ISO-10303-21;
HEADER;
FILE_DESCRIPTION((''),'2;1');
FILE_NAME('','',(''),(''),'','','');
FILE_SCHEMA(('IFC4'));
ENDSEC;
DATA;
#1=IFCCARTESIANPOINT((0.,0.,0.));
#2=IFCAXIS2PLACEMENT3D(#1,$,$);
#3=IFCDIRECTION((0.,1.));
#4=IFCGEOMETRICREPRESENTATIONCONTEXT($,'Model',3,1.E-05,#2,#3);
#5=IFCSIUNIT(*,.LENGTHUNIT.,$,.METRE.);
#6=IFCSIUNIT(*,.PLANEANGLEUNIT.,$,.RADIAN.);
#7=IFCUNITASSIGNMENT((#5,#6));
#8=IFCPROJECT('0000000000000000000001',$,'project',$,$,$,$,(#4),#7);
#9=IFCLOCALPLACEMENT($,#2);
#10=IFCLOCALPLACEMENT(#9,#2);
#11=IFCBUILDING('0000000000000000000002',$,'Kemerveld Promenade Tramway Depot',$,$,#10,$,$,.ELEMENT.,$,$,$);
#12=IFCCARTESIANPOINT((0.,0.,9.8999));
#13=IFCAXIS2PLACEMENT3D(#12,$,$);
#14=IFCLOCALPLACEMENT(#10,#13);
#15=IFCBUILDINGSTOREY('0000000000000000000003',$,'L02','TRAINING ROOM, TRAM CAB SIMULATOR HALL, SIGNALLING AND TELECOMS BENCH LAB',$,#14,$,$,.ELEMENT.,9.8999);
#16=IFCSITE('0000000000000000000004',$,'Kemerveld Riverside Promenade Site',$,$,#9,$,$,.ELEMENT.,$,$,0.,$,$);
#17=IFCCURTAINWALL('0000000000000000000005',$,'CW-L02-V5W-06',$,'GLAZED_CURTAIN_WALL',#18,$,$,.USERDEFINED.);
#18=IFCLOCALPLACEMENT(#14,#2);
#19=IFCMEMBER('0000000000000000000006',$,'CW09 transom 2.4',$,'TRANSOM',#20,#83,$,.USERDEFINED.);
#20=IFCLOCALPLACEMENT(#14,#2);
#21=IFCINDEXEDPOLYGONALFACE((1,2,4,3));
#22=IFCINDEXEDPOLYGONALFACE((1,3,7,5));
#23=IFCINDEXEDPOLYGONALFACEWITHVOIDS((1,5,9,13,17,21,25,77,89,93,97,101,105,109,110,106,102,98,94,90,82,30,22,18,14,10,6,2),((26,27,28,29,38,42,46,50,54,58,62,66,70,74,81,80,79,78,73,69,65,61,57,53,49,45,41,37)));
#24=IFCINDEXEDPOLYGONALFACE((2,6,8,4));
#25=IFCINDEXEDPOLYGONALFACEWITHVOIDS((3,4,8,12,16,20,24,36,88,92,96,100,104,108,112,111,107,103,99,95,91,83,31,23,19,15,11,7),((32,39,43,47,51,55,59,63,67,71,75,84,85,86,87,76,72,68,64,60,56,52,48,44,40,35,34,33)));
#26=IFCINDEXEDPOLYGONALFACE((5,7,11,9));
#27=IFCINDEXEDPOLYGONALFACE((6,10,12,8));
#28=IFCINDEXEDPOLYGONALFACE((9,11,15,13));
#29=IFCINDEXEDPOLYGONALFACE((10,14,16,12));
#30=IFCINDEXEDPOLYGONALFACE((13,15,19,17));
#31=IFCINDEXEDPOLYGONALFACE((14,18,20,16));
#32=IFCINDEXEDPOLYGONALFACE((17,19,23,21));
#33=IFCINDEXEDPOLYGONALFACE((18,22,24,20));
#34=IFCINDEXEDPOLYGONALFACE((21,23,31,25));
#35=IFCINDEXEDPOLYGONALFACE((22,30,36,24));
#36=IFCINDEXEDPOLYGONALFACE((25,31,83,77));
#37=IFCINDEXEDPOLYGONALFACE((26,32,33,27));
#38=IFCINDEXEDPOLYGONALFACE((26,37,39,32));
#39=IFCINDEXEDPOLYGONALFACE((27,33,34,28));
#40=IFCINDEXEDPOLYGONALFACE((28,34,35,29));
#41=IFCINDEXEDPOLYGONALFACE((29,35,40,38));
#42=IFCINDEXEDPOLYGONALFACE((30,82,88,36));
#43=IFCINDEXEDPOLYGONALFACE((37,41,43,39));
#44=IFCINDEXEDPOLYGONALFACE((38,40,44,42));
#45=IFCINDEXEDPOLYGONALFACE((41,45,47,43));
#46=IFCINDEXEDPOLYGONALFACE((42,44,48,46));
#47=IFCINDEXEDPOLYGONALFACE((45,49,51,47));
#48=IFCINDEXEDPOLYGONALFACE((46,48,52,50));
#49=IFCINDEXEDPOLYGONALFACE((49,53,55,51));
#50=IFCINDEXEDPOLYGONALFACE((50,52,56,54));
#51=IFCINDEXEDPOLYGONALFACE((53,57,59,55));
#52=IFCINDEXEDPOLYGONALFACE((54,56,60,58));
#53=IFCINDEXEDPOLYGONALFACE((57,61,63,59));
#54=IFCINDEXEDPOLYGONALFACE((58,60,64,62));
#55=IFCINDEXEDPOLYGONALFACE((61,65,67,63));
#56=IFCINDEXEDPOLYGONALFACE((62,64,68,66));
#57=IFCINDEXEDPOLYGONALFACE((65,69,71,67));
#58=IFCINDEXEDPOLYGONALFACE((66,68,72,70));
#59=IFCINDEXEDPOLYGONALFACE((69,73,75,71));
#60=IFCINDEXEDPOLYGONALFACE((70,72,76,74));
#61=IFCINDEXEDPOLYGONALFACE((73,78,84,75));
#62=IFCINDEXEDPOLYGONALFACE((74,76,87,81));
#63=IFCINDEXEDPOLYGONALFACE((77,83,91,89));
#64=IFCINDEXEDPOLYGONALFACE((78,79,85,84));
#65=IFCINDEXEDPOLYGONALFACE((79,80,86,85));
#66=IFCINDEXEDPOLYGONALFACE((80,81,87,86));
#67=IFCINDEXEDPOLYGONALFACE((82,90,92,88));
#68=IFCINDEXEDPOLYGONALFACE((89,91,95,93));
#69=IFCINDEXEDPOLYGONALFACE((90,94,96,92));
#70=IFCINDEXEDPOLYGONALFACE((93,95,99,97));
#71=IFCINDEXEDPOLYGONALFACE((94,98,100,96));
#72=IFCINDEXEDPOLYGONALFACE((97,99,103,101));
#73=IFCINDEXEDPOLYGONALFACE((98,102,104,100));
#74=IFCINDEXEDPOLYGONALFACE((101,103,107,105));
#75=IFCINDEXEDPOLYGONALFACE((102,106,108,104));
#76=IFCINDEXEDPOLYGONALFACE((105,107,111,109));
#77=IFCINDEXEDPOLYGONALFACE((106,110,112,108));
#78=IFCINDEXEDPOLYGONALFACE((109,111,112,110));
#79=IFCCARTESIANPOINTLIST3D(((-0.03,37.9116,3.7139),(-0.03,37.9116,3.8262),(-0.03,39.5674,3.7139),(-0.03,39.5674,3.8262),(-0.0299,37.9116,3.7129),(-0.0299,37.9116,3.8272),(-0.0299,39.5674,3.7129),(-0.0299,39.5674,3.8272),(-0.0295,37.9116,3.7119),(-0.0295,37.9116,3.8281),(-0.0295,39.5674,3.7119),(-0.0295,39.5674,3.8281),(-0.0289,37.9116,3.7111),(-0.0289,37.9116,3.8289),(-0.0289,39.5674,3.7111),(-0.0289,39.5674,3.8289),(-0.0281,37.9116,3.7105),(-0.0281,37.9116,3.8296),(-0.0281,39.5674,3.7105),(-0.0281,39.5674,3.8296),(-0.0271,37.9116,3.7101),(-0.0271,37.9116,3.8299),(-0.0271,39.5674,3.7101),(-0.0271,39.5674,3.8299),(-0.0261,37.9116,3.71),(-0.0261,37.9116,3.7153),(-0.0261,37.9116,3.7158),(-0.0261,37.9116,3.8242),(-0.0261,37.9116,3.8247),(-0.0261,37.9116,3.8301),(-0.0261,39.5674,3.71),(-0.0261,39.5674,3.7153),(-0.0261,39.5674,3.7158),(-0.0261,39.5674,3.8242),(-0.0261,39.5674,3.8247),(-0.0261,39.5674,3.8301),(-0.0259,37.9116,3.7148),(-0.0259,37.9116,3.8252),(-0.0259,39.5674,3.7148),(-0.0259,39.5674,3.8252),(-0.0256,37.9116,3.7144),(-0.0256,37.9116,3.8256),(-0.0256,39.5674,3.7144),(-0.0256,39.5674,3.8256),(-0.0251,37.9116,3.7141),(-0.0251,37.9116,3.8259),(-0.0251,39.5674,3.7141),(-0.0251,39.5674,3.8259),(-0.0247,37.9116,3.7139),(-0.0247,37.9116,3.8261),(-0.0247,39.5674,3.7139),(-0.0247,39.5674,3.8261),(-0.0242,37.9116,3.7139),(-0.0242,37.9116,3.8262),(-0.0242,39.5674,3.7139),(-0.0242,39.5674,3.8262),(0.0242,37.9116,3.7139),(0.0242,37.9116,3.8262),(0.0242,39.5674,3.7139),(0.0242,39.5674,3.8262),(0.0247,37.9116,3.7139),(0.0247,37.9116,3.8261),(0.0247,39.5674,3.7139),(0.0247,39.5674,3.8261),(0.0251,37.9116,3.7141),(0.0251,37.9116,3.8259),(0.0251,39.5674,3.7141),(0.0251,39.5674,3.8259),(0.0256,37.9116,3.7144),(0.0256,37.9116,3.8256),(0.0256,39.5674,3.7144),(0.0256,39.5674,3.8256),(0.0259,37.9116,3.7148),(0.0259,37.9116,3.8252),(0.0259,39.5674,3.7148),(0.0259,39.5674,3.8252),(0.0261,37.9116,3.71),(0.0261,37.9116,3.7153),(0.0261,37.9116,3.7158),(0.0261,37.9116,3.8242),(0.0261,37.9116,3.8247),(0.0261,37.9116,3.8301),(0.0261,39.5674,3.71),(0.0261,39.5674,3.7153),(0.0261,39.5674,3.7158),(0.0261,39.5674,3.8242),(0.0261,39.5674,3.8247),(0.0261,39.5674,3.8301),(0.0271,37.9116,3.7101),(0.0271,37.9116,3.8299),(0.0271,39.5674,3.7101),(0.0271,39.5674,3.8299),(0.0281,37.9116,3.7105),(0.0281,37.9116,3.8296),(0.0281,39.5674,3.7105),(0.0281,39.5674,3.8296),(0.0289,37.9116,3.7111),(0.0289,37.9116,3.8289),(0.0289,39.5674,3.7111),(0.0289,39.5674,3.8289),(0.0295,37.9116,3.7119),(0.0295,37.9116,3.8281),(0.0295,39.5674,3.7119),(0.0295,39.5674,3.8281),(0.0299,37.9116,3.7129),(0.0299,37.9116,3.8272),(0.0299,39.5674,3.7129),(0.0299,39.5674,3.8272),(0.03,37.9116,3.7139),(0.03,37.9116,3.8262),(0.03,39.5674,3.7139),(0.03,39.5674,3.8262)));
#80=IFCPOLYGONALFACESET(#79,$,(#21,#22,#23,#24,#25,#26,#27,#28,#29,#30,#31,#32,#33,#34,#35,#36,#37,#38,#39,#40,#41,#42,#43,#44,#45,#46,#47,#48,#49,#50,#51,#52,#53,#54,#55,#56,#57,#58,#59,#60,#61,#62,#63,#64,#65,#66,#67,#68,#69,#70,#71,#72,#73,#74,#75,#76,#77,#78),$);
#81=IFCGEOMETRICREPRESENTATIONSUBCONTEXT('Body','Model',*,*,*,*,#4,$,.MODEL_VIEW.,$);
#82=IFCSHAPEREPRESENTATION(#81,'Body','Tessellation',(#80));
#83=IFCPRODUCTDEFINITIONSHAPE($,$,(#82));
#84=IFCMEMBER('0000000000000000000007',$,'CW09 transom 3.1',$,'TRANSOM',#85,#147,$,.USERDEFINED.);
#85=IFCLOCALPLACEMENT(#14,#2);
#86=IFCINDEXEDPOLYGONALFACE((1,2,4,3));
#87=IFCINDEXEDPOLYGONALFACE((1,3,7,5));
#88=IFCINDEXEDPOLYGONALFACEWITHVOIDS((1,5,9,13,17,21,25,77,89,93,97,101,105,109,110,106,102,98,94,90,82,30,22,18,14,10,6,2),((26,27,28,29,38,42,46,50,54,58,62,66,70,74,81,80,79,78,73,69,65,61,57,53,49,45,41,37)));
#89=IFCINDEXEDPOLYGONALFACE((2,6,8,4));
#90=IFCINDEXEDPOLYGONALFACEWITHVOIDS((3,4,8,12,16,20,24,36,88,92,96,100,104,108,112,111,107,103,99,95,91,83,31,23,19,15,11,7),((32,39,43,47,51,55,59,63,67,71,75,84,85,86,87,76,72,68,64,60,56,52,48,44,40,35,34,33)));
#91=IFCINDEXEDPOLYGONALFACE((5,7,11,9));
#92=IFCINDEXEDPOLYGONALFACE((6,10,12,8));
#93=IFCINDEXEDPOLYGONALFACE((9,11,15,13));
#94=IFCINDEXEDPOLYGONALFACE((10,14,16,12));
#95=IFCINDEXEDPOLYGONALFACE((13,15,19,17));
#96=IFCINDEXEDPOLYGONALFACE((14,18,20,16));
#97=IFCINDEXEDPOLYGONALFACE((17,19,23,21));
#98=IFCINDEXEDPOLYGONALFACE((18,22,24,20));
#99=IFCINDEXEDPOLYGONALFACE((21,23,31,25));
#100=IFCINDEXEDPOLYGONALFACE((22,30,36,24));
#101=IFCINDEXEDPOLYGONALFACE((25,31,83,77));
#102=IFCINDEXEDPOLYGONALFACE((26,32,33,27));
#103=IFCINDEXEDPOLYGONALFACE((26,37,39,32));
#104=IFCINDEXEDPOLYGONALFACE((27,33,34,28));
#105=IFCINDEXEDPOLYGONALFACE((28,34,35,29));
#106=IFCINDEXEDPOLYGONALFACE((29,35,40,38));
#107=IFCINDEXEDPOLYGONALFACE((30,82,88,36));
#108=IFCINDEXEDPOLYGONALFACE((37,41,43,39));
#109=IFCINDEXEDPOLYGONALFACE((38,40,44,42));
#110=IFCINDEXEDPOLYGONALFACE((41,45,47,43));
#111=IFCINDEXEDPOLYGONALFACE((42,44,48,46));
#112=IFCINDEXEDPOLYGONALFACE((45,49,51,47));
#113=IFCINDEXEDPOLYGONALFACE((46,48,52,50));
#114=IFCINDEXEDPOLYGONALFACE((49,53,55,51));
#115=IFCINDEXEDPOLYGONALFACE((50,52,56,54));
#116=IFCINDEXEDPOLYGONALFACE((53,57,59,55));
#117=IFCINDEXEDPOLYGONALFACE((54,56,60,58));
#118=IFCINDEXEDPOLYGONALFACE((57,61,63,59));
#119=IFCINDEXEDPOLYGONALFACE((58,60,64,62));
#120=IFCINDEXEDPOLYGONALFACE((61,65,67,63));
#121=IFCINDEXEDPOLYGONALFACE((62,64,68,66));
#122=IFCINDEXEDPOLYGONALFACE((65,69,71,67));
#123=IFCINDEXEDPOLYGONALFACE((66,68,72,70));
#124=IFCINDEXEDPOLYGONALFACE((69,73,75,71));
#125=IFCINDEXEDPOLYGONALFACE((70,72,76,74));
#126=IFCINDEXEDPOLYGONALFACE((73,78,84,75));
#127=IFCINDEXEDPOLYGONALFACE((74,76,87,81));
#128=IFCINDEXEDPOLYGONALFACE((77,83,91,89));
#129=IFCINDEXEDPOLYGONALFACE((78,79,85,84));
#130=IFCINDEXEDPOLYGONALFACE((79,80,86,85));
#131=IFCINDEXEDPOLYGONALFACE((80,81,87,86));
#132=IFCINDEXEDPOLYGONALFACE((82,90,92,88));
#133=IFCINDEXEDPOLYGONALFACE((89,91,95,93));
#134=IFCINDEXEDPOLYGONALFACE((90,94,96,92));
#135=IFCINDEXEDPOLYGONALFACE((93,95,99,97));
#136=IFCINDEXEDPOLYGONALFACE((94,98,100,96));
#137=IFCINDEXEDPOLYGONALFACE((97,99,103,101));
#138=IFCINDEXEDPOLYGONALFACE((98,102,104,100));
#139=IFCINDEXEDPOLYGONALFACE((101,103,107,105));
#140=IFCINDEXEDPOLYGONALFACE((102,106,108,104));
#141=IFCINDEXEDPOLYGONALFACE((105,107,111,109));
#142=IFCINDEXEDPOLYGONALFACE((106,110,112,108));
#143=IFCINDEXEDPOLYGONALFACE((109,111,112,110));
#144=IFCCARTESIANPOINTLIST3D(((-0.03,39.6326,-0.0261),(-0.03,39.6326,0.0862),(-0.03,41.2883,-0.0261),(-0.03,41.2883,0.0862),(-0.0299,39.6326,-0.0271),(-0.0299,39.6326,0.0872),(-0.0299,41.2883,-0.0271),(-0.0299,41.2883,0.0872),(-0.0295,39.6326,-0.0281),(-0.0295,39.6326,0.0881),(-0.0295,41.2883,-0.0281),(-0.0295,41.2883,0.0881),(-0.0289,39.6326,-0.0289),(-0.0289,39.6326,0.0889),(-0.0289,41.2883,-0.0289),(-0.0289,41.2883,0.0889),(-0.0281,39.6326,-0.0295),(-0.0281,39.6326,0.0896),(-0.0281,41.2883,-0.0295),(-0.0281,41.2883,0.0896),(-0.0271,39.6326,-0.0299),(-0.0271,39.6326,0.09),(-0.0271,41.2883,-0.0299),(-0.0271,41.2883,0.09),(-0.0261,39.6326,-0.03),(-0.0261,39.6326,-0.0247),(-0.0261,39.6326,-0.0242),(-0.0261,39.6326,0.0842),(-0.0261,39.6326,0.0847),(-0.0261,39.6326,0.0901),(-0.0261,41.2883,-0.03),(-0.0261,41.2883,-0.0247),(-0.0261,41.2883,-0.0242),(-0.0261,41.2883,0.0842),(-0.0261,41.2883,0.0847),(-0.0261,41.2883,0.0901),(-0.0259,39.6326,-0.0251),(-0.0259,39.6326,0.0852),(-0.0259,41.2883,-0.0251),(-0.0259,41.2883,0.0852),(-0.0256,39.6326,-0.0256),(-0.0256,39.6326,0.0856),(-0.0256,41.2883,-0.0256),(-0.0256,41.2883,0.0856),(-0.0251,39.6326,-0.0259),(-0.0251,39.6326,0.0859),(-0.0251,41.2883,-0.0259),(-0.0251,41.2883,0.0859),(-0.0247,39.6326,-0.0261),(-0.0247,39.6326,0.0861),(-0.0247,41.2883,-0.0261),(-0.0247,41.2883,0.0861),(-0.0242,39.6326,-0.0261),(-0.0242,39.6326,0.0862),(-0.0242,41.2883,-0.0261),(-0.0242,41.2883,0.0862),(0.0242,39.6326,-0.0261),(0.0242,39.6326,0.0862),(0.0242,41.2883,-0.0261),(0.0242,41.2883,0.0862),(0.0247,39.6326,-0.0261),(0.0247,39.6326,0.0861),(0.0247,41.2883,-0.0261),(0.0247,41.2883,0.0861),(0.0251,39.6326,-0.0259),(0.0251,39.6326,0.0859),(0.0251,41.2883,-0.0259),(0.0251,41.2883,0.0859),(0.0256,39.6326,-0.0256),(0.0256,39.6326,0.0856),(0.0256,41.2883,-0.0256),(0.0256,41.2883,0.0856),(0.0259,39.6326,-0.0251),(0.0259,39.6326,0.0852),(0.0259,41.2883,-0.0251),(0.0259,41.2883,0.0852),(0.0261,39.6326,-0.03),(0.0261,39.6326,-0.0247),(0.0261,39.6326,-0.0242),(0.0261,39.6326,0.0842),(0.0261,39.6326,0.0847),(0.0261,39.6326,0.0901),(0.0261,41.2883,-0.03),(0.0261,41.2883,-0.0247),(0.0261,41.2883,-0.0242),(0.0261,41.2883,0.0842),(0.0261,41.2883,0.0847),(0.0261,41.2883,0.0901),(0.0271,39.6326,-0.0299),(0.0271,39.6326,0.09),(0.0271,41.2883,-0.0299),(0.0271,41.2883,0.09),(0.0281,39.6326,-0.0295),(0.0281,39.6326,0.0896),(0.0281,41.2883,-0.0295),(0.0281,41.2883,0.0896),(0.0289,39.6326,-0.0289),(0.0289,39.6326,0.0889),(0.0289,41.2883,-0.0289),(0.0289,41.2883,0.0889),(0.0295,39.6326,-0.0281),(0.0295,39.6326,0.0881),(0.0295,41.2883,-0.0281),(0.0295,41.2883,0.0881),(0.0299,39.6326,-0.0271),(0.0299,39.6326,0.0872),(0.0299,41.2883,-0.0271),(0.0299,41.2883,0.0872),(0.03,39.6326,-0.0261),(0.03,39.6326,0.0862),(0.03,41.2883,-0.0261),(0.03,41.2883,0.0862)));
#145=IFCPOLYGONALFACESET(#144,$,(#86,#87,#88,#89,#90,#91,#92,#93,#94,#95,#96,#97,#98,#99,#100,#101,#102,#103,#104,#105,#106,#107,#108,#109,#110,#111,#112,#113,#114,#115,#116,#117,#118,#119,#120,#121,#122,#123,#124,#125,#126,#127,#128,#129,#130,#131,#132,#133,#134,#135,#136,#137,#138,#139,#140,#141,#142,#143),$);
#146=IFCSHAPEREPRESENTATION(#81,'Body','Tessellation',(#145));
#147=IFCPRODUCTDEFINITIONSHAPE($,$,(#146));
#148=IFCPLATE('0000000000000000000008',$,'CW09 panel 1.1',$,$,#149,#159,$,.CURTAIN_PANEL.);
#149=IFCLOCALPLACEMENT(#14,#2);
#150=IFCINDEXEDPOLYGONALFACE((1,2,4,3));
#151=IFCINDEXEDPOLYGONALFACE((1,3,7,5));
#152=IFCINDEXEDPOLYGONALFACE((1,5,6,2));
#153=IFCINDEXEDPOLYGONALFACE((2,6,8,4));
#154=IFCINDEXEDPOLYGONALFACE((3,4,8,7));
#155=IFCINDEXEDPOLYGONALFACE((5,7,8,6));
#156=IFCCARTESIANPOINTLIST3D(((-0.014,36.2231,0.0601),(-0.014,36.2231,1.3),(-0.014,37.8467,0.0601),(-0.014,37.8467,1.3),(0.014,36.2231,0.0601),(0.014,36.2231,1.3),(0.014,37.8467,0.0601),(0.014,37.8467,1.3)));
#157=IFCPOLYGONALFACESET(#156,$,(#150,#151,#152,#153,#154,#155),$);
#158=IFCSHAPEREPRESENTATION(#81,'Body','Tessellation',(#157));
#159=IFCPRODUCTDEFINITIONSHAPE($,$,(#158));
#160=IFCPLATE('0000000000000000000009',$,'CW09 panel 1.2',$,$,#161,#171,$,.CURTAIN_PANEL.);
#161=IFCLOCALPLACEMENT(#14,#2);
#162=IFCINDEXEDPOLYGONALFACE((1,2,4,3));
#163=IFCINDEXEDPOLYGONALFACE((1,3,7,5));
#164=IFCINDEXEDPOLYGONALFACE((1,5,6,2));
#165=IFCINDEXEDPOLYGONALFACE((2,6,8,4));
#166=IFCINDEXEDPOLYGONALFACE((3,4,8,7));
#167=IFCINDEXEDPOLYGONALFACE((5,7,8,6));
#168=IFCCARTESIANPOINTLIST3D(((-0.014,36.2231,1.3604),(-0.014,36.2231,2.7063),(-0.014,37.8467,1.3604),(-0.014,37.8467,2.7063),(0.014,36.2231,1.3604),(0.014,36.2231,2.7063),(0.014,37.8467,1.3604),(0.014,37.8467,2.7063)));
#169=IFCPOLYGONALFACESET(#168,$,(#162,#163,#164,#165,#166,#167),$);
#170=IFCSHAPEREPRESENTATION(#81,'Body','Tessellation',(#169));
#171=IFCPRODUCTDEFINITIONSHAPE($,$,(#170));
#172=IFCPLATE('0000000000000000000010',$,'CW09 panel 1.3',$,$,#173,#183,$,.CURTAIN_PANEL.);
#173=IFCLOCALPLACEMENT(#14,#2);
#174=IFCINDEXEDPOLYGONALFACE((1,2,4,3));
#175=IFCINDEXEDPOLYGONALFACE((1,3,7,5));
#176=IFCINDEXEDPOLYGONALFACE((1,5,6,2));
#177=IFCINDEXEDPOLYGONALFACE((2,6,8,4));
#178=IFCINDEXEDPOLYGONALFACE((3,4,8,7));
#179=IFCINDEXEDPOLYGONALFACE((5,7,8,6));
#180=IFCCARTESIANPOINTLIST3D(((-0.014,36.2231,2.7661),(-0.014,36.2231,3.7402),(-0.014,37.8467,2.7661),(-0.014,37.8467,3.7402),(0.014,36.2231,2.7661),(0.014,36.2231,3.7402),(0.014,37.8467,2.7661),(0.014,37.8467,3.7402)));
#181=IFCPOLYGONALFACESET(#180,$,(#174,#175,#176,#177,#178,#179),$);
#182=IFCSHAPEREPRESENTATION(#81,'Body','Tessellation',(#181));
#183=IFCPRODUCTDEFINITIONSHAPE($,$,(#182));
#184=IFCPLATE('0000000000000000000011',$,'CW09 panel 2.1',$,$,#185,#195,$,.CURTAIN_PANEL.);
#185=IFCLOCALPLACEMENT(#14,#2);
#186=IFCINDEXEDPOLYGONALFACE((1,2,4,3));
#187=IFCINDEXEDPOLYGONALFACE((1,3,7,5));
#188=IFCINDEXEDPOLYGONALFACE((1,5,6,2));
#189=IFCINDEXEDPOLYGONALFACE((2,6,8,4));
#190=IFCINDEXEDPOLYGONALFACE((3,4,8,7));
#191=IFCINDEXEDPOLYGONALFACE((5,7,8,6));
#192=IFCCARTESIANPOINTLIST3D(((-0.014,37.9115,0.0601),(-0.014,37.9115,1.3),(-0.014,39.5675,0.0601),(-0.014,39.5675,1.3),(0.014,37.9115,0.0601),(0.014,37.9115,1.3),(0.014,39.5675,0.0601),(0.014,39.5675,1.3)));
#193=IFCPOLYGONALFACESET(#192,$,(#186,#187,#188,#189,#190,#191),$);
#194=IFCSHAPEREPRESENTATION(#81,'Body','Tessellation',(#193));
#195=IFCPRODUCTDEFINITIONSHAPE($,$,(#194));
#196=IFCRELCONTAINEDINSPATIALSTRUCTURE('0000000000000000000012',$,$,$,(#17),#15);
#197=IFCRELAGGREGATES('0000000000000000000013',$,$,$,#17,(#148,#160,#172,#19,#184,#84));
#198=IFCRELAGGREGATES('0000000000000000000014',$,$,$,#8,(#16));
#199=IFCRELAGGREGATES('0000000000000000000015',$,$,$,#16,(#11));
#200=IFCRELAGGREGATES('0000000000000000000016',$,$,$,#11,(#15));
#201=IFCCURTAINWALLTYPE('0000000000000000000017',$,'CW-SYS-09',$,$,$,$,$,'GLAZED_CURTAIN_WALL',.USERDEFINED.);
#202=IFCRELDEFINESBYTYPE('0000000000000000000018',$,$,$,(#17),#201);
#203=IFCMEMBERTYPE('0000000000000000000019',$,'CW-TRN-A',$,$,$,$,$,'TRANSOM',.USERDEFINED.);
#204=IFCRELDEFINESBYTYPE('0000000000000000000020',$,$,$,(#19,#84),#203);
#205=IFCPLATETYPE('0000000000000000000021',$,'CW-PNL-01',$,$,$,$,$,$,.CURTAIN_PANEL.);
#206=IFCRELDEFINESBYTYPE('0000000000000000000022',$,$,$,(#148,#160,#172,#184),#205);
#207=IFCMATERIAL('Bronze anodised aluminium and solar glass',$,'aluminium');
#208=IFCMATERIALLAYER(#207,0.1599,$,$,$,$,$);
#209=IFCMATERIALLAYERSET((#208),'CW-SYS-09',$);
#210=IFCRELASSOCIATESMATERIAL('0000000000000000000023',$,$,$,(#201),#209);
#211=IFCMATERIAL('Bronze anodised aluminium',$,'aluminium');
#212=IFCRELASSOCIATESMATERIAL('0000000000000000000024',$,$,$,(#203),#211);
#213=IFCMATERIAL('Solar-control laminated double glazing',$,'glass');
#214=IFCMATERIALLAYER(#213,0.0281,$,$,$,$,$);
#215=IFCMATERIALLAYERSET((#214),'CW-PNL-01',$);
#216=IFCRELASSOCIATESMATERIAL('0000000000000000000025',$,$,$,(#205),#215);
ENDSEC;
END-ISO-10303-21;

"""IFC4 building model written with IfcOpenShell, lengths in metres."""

from ifc_helpers import new_model, si_unit, direction, frame, origin, origin_2d, place, context, subcontext, project, spatial, rectangle, hollow_rectangle, extrude, material, layer, layer_set, material_profile, profile_set, type_object, element, aggregate, save


model = new_model("IFC4")

# Units and contexts
model_context = context("Model", 3, precision=1e-05, world=origin(), true_north=direction((0.0, 1.0)))
body_context = subcontext(model_context, "Body", "Model", "MODEL_VIEW")
ifc_project = project(units=[si_unit("LENGTHUNIT", "METRE"), si_unit("PLANEANGLEUNIT", "RADIAN")], contexts=[model_context])

# Site, building, storey
site_placement = place(None, origin())
site = spatial("IfcSite", under=ifc_project, at=site_placement, Name="Kemerveld Riverside Promenade Site", CompositionType="ELEMENT", RefElevation=0.0)
building_placement = place(site_placement, origin())
building = spatial("IfcBuilding", under=site, at=building_placement, Name="Kemerveld Promenade Tramway Depot", CompositionType="ELEMENT")
storey_placement = place(building_placement, frame((0.0, 0.0, 9.8999)))
storey = spatial("IfcBuildingStorey", under=building, at=storey_placement, Name="L02", Description="TRAINING ROOM, TRAM CAB SIMULATOR HALL, SIGNALLING AND TELECOMS BENCH LAB", CompositionType="ELEMENT", Elevation=9.8999)

# Curtain wall, members, plates
ifc_material_1 = material(Name="Bronze anodised aluminium and solar glass", Category="aluminium")
ifc_layer_1 = layer(ifc_material_1, 0.1599)
ifc_layer_set_1 = layer_set([ifc_layer_1], Name="CW-SYS-09")
curtain_wall_type = type_object("IfcCurtainWallType", Name="CW-SYS-09", ElementType="GLAZED_CURTAIN_WALL", PredefinedType="USERDEFINED", material=ifc_layer_set_1)
curtain_wall_placement = place(storey_placement, origin())
curtain_wall = element("IfcCurtainWall", 1, at=curtain_wall_placement, inside=storey, type_object=curtain_wall_type, Name="CW-L02-V5W-06", ObjectType="GLAZED_CURTAIN_WALL", PredefinedType="USERDEFINED")
ifc_material_2 = material(Name="Bronze anodised aluminium", Category="aluminium")
ifc_material_profile_1 = material_profile(ifc_material_2, hollow_rectangle(XDim=0.0601, YDim=0.1201, WallThickness=0.0039, InnerFilletRadius=0.002, OuterFilletRadius=0.0039, at=origin_2d()), Name="CW-TRN-120x60")
ifc_profile_set_1 = profile_set([ifc_material_profile_1], Name="Bronze anodised aluminium")
member_type_1 = type_object("IfcMemberType", Name="CW-TRN-A", ElementType="TRANSOM", PredefinedType="USERDEFINED", material=ifc_profile_set_1)
member_1_placement = place(storey_placement, frame((0.0, 37.9116, 3.77), z_axis=(0.0, 1.0, 0.0), x_axis=(-1.0, 0.0, 0.0)))
member_1 = element("IfcMember", 2, at=member_1_placement, type_object=member_type_1, Name="CW09 transom 2.4", ObjectType="TRANSOM", PredefinedType="USERDEFINED", context=body_context, shape_type="SweptSolid", body=[
    extrude(hollow_rectangle(XDim=0.0601, YDim=0.1201, WallThickness=0.0039, InnerFilletRadius=0.002, OuterFilletRadius=0.0039, at=origin_2d()), origin(), (0.0, 0.0, 1.0), 1.6558),
])
member_2_placement = place(storey_placement, frame((0.0, 39.6326, 0.03), z_axis=(0.0, 1.0, 0.0), x_axis=(-1.0, 0.0, 0.0)))
member_2 = element("IfcMember", 3, at=member_2_placement, type_object=member_type_1, Name="CW09 transom 3.1", ObjectType="TRANSOM", PredefinedType="USERDEFINED", context=body_context, shape_type="SweptSolid", body=[
    extrude(hollow_rectangle(XDim=0.0601, YDim=0.1201, WallThickness=0.0039, InnerFilletRadius=0.002, OuterFilletRadius=0.0039, at=origin_2d()), origin(), (0.0, 0.0, 1.0), 1.6558),
])
ifc_material_3 = material(Name="Solar-control laminated double glazing", Category="glass")
ifc_layer_2 = layer(ifc_material_3, 0.0281)
ifc_layer_set_2 = layer_set([ifc_layer_2], Name="CW-PNL-01")
plate_type = type_object("IfcPlateType", Name="CW-PNL-01", PredefinedType="CURTAIN_PANEL", material=ifc_layer_set_2)
plate_1_placement = place(storey_placement, frame((0.0, 37.0349, 0.0601), z_axis=(0.0, 0.0, 1.0), x_axis=(0.0, 1.0, 0.0)))
plate_1 = element("IfcPlate", 4, at=plate_1_placement, type_object=plate_type, Name="CW09 panel 1.1", PredefinedType="CURTAIN_PANEL", context=body_context, shape_type="SweptSolid", body=[
    extrude(rectangle(XDim=1.6235, YDim=0.0281, at=origin_2d()), origin(), (0.0, 0.0, 1.0), 1.24),
])
plate_2_placement = place(storey_placement, frame((0.0, 37.0349, 1.3604), z_axis=(0.0, 0.0, 1.0), x_axis=(0.0, 1.0, 0.0)))
plate_2 = element("IfcPlate", 5, at=plate_2_placement, type_object=plate_type, Name="CW09 panel 1.2", PredefinedType="CURTAIN_PANEL", context=body_context, shape_type="SweptSolid", body=[
    extrude(rectangle(XDim=1.6235, YDim=0.0281, at=origin_2d()), origin(), (0.0, 0.0, 1.0), 1.3459),
])
plate_3_placement = place(storey_placement, frame((0.0, 37.0349, 2.7661), z_axis=(0.0, 0.0, 1.0), x_axis=(0.0, 1.0, 0.0)))
plate_3 = element("IfcPlate", 6, at=plate_3_placement, type_object=plate_type, Name="CW09 panel 1.3", PredefinedType="CURTAIN_PANEL", context=body_context, shape_type="SweptSolid", body=[
    extrude(rectangle(XDim=1.6235, YDim=0.0281, at=origin_2d()), origin(), (0.0, 0.0, 1.0), 0.9741),
])
plate_4_placement = place(storey_placement, frame((0.0, 38.7395, 0.0601), z_axis=(0.0, 0.0, 1.0), x_axis=(0.0, 1.0, 0.0)))
plate_4 = element("IfcPlate", 7, at=plate_4_placement, type_object=plate_type, Name="CW09 panel 2.1", PredefinedType="CURTAIN_PANEL", context=body_context, shape_type="SweptSolid", body=[
    extrude(rectangle(XDim=1.656, YDim=0.0281, at=origin_2d()), origin(), (0.0, 0.0, 1.0), 1.24),
])
aggregate(curtain_wall, [plate_1, plate_2, plate_3, member_1, plate_4, member_2])

save(model, "model.ifc")
